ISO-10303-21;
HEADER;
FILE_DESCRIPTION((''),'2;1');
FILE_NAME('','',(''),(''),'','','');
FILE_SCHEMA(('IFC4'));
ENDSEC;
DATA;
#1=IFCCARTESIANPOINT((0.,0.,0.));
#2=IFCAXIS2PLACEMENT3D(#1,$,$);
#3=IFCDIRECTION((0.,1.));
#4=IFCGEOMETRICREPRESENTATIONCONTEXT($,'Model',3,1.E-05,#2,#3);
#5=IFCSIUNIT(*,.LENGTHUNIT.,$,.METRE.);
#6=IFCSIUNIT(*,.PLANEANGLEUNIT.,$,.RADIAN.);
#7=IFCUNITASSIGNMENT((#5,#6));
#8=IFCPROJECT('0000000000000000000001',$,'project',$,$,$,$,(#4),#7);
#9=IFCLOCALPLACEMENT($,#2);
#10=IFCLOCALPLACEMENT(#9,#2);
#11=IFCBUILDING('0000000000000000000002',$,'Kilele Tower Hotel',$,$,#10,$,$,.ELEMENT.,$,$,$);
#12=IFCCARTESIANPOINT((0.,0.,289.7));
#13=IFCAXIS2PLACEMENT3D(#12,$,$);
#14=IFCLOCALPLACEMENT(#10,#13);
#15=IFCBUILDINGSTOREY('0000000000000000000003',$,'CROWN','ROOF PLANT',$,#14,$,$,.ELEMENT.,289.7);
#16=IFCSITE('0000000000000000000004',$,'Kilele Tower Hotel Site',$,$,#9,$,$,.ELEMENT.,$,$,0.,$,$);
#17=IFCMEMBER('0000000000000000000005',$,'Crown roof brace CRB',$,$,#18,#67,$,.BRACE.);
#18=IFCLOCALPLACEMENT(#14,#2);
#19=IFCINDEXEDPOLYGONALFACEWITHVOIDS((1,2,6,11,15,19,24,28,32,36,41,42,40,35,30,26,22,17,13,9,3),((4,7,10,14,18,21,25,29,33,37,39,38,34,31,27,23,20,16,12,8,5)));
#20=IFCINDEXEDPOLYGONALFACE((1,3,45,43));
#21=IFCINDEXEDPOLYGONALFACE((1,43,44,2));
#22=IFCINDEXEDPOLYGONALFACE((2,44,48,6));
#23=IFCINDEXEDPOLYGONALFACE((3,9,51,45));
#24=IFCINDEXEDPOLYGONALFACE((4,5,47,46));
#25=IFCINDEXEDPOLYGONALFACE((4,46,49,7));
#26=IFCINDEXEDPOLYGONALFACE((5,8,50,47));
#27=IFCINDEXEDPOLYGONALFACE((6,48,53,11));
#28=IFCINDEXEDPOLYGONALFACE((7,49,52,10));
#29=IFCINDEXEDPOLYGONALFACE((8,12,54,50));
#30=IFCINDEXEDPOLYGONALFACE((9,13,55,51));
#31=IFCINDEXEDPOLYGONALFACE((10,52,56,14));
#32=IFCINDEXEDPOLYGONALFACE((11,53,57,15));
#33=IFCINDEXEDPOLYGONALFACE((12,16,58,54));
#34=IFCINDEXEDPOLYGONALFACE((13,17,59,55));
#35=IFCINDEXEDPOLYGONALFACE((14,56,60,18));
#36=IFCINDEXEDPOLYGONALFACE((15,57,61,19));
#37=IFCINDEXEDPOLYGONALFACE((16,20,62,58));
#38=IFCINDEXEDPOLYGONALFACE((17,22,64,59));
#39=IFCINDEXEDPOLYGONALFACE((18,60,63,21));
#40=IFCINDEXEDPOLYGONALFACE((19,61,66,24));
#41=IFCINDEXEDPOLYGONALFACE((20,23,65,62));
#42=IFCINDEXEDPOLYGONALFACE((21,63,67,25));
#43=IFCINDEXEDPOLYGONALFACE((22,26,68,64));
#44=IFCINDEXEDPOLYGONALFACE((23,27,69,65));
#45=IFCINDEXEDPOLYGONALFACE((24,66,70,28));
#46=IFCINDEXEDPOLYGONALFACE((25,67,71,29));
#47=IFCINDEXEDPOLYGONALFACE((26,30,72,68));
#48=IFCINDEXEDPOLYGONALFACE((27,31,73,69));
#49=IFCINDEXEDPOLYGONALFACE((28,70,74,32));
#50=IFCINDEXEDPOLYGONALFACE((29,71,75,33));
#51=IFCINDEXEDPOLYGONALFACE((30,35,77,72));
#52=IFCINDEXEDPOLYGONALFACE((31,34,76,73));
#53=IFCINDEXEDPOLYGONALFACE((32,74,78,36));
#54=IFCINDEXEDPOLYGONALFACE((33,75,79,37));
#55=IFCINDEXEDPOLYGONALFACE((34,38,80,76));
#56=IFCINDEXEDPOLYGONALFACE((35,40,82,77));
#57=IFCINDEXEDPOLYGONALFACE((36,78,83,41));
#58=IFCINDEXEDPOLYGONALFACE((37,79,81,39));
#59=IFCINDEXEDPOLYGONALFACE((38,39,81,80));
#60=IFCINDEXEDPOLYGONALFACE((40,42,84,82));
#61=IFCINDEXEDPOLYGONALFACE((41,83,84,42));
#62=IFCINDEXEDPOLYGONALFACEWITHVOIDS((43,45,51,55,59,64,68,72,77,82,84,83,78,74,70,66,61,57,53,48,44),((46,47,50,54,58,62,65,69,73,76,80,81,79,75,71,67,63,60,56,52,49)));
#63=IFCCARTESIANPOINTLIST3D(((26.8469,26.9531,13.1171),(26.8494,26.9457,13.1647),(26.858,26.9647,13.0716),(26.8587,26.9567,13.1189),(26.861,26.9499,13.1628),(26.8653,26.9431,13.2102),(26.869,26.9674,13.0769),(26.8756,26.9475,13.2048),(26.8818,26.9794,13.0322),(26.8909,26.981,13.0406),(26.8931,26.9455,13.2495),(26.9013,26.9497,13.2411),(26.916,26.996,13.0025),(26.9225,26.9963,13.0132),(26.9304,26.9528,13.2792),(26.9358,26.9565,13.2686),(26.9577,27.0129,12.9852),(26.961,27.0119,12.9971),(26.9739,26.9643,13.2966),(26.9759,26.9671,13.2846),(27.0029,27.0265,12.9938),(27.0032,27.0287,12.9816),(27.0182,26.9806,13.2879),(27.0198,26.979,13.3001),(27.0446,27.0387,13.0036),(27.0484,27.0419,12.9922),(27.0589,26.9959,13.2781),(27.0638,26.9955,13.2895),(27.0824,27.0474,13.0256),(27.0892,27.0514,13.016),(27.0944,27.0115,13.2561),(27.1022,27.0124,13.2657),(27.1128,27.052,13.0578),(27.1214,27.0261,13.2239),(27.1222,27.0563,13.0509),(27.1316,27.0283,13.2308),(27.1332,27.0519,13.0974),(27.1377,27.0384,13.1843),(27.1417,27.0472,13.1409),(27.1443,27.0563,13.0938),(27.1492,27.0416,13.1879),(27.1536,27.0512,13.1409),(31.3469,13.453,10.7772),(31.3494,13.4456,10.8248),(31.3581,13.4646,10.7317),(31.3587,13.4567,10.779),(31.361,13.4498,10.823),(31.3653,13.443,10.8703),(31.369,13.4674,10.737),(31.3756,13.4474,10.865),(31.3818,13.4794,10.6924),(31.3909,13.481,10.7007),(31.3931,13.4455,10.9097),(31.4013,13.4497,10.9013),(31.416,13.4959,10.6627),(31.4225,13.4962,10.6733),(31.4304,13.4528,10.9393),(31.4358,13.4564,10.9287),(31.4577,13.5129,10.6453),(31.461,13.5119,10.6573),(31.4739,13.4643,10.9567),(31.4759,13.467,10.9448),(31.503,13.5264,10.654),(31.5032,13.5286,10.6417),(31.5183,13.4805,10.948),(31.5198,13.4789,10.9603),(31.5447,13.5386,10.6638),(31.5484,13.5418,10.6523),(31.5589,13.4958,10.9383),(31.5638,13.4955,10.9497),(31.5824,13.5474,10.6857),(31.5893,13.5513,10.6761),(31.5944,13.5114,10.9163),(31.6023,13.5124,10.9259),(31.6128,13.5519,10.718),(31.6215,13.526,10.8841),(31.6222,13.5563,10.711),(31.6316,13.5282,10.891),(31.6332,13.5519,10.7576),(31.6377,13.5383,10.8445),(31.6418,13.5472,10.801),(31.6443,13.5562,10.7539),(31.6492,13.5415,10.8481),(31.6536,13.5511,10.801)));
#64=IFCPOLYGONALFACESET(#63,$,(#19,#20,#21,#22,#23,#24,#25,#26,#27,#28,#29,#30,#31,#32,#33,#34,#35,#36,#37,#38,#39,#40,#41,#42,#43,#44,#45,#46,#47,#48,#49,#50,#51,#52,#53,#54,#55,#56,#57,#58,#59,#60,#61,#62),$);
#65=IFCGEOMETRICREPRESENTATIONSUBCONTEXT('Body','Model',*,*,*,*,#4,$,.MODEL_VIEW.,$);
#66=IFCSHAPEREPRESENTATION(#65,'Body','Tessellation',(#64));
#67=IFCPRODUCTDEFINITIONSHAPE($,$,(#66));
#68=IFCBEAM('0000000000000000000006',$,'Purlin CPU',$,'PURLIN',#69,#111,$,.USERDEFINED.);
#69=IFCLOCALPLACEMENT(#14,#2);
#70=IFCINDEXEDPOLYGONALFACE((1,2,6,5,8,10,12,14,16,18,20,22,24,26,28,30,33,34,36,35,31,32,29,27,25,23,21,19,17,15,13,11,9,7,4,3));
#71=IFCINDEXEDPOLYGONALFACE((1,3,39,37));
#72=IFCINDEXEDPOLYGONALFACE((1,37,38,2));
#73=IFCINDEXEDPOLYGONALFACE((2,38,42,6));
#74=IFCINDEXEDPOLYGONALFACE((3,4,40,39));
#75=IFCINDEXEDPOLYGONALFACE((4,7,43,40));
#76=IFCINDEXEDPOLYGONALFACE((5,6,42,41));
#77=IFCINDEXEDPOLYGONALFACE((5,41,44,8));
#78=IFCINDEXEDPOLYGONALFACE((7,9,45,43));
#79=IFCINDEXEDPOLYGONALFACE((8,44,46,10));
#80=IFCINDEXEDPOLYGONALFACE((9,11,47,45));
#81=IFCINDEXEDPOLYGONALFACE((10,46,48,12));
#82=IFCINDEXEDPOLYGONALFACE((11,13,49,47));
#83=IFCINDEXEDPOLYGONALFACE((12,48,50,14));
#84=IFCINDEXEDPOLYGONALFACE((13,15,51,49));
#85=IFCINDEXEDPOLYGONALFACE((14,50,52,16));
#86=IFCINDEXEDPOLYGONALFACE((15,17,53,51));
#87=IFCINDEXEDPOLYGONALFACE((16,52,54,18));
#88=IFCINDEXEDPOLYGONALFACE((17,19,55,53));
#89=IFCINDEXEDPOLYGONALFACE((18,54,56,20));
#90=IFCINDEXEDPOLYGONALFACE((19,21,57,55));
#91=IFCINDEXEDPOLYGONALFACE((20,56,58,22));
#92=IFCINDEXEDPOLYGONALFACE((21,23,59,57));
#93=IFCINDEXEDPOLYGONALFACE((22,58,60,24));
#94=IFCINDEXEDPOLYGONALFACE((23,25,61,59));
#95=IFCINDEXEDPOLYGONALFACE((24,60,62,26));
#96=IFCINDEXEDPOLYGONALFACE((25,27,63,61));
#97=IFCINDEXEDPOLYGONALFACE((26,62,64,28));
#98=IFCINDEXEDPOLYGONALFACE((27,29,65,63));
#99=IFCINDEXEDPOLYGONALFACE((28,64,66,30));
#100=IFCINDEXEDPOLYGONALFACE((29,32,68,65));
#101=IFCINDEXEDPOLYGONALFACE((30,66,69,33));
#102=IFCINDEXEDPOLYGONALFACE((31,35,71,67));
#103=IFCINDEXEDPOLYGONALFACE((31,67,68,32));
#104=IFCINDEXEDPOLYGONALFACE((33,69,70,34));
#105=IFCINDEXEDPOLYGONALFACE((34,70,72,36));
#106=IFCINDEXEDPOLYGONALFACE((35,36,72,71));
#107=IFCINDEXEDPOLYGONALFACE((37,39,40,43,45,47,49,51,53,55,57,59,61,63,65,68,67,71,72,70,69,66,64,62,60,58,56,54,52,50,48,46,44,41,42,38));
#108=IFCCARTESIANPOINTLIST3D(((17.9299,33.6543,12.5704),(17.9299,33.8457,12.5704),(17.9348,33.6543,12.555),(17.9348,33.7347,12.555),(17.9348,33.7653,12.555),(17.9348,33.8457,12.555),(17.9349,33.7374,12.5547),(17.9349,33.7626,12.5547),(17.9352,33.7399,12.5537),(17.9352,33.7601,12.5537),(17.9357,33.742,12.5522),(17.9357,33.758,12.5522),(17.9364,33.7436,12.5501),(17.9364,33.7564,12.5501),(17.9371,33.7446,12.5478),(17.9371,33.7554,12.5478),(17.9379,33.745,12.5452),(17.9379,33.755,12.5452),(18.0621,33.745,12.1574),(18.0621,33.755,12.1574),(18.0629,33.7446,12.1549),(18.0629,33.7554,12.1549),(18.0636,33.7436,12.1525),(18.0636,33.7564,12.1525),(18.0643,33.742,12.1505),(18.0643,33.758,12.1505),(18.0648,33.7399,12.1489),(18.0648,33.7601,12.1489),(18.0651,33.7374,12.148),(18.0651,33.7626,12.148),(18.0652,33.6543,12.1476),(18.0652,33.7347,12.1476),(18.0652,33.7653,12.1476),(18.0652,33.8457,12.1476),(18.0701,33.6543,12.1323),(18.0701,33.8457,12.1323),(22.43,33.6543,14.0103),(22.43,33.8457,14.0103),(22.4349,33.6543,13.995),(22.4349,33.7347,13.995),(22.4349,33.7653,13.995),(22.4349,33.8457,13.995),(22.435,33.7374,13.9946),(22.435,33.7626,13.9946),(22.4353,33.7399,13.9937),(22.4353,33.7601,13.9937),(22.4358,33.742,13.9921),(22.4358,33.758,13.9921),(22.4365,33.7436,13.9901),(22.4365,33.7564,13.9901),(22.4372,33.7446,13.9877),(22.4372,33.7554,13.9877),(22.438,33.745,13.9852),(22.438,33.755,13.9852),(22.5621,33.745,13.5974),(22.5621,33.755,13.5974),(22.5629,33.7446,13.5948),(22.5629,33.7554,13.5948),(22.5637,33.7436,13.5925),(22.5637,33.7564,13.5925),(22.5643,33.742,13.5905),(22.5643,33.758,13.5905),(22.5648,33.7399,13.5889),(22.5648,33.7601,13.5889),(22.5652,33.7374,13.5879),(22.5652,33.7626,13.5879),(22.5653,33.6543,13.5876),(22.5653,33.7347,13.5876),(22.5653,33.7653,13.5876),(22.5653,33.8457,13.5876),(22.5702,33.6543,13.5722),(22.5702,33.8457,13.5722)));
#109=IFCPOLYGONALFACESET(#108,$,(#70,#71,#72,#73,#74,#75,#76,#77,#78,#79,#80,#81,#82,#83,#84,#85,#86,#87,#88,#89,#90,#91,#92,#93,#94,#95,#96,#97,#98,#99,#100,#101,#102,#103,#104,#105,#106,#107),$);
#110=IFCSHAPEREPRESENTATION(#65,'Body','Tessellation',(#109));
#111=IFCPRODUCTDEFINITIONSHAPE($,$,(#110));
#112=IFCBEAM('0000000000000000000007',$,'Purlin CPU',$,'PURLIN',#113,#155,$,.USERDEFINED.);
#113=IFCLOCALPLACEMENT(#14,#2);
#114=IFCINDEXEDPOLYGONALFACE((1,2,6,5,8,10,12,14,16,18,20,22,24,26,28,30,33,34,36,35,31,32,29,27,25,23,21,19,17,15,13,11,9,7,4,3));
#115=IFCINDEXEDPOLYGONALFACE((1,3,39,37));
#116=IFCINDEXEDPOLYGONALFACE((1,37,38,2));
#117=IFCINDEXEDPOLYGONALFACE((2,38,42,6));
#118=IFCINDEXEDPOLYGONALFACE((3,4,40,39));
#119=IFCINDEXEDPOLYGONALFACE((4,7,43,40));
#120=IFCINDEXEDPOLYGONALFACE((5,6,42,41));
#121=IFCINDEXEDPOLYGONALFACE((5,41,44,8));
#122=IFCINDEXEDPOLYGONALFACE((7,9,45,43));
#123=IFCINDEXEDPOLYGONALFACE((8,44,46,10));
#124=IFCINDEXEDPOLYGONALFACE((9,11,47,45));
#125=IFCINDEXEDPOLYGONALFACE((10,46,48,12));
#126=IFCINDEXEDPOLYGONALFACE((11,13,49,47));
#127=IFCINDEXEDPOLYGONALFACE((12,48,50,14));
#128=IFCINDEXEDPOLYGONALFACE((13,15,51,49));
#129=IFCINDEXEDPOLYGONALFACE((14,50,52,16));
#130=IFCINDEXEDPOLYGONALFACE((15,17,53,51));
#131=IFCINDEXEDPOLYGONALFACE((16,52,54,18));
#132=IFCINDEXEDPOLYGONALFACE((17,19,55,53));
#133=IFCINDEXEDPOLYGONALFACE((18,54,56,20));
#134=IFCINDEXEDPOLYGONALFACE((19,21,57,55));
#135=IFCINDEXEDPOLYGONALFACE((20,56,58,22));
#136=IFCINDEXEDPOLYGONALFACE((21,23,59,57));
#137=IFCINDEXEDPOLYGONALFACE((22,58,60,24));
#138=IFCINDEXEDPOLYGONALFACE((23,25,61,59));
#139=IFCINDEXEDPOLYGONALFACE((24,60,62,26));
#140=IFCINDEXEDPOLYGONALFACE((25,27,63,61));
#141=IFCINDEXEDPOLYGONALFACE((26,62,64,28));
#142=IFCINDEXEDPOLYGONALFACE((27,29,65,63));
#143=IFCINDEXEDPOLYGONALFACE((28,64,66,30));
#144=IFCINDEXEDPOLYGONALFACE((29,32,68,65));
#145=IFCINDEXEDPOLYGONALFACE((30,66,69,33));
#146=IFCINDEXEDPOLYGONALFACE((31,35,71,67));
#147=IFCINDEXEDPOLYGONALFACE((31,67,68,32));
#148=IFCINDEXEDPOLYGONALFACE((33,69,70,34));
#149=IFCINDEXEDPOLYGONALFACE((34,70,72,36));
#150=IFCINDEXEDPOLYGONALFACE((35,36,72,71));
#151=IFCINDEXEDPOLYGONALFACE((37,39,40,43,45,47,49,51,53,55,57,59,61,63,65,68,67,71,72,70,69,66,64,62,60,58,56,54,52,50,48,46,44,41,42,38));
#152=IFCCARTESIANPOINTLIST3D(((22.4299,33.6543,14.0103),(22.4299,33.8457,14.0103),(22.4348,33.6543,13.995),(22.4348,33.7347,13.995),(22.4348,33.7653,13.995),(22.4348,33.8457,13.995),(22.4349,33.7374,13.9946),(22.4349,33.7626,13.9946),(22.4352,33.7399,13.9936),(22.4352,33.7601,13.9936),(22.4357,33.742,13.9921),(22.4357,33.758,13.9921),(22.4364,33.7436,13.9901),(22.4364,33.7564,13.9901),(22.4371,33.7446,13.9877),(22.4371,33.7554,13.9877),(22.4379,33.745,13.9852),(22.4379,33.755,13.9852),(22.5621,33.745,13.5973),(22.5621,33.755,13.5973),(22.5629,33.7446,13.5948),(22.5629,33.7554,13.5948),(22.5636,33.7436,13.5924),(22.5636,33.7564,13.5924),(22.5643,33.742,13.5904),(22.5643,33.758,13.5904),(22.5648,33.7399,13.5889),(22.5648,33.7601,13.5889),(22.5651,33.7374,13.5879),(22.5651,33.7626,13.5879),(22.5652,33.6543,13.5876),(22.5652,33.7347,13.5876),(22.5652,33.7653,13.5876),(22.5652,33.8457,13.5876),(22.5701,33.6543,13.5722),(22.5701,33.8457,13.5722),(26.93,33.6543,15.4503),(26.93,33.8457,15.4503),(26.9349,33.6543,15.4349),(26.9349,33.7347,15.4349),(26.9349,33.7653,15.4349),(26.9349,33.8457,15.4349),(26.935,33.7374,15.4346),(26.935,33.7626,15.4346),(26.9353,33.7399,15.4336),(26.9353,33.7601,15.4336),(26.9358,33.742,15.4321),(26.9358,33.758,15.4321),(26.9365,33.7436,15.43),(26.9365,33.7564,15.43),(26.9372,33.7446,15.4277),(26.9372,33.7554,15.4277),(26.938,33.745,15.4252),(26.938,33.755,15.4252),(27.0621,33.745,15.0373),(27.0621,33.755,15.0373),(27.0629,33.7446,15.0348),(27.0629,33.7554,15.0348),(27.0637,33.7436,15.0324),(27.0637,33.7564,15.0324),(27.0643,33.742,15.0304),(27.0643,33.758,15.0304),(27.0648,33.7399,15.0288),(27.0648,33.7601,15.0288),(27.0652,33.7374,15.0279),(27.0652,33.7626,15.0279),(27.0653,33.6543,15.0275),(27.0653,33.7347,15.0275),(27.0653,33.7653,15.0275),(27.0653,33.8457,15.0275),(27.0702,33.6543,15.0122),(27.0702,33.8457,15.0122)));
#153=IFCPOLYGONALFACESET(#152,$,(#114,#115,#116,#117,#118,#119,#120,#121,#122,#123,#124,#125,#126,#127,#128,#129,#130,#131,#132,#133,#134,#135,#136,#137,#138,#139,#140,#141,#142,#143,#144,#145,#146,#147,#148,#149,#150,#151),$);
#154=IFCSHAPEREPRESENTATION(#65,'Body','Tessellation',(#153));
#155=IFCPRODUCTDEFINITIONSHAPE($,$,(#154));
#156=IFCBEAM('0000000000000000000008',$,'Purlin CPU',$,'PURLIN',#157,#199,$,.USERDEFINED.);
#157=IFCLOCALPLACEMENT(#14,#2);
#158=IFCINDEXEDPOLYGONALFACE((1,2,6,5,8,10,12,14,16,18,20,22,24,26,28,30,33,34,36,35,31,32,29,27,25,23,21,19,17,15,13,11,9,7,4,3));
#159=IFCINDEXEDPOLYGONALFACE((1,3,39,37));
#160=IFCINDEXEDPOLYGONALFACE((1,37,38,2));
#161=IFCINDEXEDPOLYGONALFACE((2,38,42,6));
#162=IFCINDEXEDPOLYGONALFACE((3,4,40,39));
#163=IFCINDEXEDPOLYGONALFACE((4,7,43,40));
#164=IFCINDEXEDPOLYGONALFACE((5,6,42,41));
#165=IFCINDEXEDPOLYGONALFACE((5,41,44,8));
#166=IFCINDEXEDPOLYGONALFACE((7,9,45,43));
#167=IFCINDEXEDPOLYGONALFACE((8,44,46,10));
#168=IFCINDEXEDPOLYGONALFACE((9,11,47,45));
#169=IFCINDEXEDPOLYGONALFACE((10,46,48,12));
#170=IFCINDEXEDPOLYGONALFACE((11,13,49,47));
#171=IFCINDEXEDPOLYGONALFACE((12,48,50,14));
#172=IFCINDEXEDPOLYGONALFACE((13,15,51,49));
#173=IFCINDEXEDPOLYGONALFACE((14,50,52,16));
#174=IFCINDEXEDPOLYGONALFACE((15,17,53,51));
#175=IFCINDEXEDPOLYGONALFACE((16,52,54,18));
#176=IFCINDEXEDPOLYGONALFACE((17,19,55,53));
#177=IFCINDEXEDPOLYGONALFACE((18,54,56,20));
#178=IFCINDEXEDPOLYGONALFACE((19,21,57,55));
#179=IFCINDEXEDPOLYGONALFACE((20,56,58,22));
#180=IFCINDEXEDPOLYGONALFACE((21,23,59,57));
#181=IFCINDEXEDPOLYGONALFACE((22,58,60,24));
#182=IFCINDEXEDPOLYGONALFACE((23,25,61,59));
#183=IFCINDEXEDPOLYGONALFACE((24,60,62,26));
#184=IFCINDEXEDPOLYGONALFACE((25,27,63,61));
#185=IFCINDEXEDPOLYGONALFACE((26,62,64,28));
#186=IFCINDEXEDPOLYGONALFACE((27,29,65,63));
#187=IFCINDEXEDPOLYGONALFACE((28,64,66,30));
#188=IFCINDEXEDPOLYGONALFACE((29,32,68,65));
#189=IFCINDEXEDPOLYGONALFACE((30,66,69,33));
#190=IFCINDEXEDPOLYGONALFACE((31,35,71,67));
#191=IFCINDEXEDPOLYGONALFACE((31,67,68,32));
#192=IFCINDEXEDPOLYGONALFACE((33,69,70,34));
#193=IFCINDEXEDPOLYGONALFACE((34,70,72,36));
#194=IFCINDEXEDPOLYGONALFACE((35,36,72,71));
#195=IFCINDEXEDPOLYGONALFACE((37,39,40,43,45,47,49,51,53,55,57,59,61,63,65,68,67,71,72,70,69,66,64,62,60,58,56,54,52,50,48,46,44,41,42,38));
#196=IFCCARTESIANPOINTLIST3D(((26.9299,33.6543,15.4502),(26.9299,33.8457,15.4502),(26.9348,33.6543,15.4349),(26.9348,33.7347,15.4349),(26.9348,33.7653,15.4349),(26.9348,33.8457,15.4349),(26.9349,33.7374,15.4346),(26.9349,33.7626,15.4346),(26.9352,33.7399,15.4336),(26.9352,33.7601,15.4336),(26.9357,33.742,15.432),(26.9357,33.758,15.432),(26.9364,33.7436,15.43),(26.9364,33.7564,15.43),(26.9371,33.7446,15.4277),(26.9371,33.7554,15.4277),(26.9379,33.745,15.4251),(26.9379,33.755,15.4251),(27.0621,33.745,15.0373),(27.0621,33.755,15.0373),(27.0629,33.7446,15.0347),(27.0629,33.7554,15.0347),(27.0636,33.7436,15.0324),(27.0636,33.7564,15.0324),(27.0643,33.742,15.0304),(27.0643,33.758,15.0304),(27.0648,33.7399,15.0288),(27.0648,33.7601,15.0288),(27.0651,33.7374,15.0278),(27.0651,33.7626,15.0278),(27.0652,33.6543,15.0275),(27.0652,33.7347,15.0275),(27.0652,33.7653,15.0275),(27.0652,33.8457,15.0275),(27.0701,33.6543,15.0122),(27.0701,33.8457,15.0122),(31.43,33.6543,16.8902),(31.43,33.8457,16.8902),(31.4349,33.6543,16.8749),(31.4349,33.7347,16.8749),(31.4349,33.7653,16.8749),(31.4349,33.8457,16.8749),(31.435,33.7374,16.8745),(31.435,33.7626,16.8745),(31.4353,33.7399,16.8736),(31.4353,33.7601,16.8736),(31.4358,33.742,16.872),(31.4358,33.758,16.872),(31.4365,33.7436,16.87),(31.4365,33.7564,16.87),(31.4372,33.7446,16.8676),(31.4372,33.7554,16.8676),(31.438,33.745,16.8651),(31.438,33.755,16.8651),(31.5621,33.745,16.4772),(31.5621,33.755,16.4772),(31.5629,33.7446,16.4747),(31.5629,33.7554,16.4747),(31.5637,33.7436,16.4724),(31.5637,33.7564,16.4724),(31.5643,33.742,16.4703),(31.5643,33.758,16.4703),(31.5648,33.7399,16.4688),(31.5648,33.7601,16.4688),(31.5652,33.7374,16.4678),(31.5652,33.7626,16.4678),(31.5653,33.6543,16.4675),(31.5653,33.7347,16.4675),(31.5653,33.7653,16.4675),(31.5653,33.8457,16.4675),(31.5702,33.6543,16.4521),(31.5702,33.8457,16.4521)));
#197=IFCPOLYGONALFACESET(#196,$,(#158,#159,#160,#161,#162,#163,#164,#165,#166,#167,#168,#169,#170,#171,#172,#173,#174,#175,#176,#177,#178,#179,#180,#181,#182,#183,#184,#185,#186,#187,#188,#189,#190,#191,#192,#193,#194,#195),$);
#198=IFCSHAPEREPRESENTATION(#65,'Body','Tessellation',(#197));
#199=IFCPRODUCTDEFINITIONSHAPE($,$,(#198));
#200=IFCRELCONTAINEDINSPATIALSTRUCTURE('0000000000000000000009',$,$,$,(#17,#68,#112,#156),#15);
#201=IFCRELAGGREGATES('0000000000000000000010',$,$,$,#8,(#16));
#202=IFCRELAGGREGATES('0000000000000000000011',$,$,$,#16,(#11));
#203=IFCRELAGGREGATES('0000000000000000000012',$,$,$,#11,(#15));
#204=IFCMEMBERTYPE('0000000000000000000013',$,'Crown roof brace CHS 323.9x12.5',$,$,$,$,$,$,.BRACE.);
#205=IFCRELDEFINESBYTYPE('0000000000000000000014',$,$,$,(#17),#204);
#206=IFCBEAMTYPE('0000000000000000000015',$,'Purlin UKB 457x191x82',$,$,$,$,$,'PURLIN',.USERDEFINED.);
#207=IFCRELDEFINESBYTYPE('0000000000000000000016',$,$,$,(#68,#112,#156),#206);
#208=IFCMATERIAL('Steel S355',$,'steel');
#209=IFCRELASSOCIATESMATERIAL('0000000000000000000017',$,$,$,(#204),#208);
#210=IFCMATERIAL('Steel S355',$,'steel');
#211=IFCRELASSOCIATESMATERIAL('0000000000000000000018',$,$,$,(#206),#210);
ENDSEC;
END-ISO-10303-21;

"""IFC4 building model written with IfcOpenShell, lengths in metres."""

from ifc_helpers import new_model, si_unit, direction, frame, origin, origin_2d, place, context, subcontext, project, spatial, hollow_circle, i_section, extrude, material, material_profile, profile_set, type_object, element, save


model = new_model("IFC4")

# Units and contexts
model_context = context("Model", 3, precision=1e-05, world=origin(), true_north=direction((0.0, 1.0)))
body_context = subcontext(model_context, "Body", "Model", "MODEL_VIEW")
ifc_project = project(units=[si_unit("LENGTHUNIT", "METRE"), si_unit("PLANEANGLEUNIT", "RADIAN")], contexts=[model_context])

# Site, building, storey
site_placement = place(None, origin())
site = spatial("IfcSite", under=ifc_project, at=site_placement, Name="Kilele Tower Hotel Site", CompositionType="ELEMENT", RefElevation=0.0)
building_placement = place(site_placement, origin())
building = spatial("IfcBuilding", under=site, at=building_placement, Name="Kilele Tower Hotel", CompositionType="ELEMENT")
storey_placement = place(building_placement, frame((0.0, 0.0, 289.7)))
storey = spatial("IfcBuildingStorey", under=building, at=storey_placement, Name="CROWN", Description="ROOF PLANT", CompositionType="ELEMENT", Elevation=289.7)

# Member
ifc_material_1 = material(Name="Steel S355", Category="steel")
ifc_material_profile_1 = material_profile(ifc_material_1, hollow_circle(Radius=0.1619, WallThickness=0.0125, at=origin_2d()))
ifc_profile_set_1 = profile_set([ifc_material_profile_1], Name="Steel S355")
member_type = type_object("IfcMemberType", Name="Crown roof brace CHS 323.9x12.5", PredefinedType="BRACE", material=ifc_profile_set_1)
for number, where, z_axis, x_axis, name in (
    (1, (27.0, 27.0, 13.1409), (0.312038, -0.936113, -0.162249), (0.948683, 0.316228, 0.0), "Crown roof brace CRB"),
):
    element("IfcMember", number, at=place(storey_placement, frame(where, z_axis=z_axis, x_axis=x_axis)), inside=storey, type_object=member_type, Name=name, PredefinedType="BRACE", context=body_context, shape_type="SweptSolid", body=[
        extrude(hollow_circle(Radius=0.1619, WallThickness=0.0125, at=origin_2d()), origin(), (0.0, 0.0, 1.0), 14.4214),
    ])

# Beams
ifc_material_2 = material(Name="Steel S355", Category="steel")
ifc_material_profile_2 = material_profile(ifc_material_2, i_section(OverallWidth=0.1914, OverallDepth=0.46, WebThickness=0.01, FlangeThickness=0.0161, FilletRadius=0.0103, at=origin_2d()))
ifc_profile_set_2 = profile_set([ifc_material_profile_2], Name="Steel S355")
beam_type_1 = type_object("IfcBeamType", Name="Purlin UKB 457x191x82", ElementType="PURLIN", PredefinedType="USERDEFINED", material=ifc_profile_set_2)
for number, where, z_axis, x_axis, name in (
    (2, (18.0, 33.75, 12.3513), (0.952428, 0.0, 0.304764), (0.0, 1.0, 0.0), "Purlin CPU"),
    (3, (22.5, 33.75, 13.7913), (0.952428, 0.0, 0.304764), (0.0, 1.0, 0.0), "Purlin CPU"),
    (4, (27.0, 33.75, 15.2312), (0.952428, 0.0, 0.304764), (0.0, 1.0, 0.0), "Purlin CPU"),
):
    element("IfcBeam", number, at=place(storey_placement, frame(where, z_axis=z_axis, x_axis=x_axis)), inside=storey, type_object=beam_type_1, Name=name, ObjectType="PURLIN", PredefinedType="USERDEFINED", context=body_context, shape_type="SweptSolid", body=[
        extrude(i_section(OverallWidth=0.1914, OverallDepth=0.46, WebThickness=0.01, FlangeThickness=0.0161, FilletRadius=0.0103, at=origin_2d()), origin(), (0.0, 0.0, 1.0), 4.7249),
    ])

save(model, "model.ifc")
